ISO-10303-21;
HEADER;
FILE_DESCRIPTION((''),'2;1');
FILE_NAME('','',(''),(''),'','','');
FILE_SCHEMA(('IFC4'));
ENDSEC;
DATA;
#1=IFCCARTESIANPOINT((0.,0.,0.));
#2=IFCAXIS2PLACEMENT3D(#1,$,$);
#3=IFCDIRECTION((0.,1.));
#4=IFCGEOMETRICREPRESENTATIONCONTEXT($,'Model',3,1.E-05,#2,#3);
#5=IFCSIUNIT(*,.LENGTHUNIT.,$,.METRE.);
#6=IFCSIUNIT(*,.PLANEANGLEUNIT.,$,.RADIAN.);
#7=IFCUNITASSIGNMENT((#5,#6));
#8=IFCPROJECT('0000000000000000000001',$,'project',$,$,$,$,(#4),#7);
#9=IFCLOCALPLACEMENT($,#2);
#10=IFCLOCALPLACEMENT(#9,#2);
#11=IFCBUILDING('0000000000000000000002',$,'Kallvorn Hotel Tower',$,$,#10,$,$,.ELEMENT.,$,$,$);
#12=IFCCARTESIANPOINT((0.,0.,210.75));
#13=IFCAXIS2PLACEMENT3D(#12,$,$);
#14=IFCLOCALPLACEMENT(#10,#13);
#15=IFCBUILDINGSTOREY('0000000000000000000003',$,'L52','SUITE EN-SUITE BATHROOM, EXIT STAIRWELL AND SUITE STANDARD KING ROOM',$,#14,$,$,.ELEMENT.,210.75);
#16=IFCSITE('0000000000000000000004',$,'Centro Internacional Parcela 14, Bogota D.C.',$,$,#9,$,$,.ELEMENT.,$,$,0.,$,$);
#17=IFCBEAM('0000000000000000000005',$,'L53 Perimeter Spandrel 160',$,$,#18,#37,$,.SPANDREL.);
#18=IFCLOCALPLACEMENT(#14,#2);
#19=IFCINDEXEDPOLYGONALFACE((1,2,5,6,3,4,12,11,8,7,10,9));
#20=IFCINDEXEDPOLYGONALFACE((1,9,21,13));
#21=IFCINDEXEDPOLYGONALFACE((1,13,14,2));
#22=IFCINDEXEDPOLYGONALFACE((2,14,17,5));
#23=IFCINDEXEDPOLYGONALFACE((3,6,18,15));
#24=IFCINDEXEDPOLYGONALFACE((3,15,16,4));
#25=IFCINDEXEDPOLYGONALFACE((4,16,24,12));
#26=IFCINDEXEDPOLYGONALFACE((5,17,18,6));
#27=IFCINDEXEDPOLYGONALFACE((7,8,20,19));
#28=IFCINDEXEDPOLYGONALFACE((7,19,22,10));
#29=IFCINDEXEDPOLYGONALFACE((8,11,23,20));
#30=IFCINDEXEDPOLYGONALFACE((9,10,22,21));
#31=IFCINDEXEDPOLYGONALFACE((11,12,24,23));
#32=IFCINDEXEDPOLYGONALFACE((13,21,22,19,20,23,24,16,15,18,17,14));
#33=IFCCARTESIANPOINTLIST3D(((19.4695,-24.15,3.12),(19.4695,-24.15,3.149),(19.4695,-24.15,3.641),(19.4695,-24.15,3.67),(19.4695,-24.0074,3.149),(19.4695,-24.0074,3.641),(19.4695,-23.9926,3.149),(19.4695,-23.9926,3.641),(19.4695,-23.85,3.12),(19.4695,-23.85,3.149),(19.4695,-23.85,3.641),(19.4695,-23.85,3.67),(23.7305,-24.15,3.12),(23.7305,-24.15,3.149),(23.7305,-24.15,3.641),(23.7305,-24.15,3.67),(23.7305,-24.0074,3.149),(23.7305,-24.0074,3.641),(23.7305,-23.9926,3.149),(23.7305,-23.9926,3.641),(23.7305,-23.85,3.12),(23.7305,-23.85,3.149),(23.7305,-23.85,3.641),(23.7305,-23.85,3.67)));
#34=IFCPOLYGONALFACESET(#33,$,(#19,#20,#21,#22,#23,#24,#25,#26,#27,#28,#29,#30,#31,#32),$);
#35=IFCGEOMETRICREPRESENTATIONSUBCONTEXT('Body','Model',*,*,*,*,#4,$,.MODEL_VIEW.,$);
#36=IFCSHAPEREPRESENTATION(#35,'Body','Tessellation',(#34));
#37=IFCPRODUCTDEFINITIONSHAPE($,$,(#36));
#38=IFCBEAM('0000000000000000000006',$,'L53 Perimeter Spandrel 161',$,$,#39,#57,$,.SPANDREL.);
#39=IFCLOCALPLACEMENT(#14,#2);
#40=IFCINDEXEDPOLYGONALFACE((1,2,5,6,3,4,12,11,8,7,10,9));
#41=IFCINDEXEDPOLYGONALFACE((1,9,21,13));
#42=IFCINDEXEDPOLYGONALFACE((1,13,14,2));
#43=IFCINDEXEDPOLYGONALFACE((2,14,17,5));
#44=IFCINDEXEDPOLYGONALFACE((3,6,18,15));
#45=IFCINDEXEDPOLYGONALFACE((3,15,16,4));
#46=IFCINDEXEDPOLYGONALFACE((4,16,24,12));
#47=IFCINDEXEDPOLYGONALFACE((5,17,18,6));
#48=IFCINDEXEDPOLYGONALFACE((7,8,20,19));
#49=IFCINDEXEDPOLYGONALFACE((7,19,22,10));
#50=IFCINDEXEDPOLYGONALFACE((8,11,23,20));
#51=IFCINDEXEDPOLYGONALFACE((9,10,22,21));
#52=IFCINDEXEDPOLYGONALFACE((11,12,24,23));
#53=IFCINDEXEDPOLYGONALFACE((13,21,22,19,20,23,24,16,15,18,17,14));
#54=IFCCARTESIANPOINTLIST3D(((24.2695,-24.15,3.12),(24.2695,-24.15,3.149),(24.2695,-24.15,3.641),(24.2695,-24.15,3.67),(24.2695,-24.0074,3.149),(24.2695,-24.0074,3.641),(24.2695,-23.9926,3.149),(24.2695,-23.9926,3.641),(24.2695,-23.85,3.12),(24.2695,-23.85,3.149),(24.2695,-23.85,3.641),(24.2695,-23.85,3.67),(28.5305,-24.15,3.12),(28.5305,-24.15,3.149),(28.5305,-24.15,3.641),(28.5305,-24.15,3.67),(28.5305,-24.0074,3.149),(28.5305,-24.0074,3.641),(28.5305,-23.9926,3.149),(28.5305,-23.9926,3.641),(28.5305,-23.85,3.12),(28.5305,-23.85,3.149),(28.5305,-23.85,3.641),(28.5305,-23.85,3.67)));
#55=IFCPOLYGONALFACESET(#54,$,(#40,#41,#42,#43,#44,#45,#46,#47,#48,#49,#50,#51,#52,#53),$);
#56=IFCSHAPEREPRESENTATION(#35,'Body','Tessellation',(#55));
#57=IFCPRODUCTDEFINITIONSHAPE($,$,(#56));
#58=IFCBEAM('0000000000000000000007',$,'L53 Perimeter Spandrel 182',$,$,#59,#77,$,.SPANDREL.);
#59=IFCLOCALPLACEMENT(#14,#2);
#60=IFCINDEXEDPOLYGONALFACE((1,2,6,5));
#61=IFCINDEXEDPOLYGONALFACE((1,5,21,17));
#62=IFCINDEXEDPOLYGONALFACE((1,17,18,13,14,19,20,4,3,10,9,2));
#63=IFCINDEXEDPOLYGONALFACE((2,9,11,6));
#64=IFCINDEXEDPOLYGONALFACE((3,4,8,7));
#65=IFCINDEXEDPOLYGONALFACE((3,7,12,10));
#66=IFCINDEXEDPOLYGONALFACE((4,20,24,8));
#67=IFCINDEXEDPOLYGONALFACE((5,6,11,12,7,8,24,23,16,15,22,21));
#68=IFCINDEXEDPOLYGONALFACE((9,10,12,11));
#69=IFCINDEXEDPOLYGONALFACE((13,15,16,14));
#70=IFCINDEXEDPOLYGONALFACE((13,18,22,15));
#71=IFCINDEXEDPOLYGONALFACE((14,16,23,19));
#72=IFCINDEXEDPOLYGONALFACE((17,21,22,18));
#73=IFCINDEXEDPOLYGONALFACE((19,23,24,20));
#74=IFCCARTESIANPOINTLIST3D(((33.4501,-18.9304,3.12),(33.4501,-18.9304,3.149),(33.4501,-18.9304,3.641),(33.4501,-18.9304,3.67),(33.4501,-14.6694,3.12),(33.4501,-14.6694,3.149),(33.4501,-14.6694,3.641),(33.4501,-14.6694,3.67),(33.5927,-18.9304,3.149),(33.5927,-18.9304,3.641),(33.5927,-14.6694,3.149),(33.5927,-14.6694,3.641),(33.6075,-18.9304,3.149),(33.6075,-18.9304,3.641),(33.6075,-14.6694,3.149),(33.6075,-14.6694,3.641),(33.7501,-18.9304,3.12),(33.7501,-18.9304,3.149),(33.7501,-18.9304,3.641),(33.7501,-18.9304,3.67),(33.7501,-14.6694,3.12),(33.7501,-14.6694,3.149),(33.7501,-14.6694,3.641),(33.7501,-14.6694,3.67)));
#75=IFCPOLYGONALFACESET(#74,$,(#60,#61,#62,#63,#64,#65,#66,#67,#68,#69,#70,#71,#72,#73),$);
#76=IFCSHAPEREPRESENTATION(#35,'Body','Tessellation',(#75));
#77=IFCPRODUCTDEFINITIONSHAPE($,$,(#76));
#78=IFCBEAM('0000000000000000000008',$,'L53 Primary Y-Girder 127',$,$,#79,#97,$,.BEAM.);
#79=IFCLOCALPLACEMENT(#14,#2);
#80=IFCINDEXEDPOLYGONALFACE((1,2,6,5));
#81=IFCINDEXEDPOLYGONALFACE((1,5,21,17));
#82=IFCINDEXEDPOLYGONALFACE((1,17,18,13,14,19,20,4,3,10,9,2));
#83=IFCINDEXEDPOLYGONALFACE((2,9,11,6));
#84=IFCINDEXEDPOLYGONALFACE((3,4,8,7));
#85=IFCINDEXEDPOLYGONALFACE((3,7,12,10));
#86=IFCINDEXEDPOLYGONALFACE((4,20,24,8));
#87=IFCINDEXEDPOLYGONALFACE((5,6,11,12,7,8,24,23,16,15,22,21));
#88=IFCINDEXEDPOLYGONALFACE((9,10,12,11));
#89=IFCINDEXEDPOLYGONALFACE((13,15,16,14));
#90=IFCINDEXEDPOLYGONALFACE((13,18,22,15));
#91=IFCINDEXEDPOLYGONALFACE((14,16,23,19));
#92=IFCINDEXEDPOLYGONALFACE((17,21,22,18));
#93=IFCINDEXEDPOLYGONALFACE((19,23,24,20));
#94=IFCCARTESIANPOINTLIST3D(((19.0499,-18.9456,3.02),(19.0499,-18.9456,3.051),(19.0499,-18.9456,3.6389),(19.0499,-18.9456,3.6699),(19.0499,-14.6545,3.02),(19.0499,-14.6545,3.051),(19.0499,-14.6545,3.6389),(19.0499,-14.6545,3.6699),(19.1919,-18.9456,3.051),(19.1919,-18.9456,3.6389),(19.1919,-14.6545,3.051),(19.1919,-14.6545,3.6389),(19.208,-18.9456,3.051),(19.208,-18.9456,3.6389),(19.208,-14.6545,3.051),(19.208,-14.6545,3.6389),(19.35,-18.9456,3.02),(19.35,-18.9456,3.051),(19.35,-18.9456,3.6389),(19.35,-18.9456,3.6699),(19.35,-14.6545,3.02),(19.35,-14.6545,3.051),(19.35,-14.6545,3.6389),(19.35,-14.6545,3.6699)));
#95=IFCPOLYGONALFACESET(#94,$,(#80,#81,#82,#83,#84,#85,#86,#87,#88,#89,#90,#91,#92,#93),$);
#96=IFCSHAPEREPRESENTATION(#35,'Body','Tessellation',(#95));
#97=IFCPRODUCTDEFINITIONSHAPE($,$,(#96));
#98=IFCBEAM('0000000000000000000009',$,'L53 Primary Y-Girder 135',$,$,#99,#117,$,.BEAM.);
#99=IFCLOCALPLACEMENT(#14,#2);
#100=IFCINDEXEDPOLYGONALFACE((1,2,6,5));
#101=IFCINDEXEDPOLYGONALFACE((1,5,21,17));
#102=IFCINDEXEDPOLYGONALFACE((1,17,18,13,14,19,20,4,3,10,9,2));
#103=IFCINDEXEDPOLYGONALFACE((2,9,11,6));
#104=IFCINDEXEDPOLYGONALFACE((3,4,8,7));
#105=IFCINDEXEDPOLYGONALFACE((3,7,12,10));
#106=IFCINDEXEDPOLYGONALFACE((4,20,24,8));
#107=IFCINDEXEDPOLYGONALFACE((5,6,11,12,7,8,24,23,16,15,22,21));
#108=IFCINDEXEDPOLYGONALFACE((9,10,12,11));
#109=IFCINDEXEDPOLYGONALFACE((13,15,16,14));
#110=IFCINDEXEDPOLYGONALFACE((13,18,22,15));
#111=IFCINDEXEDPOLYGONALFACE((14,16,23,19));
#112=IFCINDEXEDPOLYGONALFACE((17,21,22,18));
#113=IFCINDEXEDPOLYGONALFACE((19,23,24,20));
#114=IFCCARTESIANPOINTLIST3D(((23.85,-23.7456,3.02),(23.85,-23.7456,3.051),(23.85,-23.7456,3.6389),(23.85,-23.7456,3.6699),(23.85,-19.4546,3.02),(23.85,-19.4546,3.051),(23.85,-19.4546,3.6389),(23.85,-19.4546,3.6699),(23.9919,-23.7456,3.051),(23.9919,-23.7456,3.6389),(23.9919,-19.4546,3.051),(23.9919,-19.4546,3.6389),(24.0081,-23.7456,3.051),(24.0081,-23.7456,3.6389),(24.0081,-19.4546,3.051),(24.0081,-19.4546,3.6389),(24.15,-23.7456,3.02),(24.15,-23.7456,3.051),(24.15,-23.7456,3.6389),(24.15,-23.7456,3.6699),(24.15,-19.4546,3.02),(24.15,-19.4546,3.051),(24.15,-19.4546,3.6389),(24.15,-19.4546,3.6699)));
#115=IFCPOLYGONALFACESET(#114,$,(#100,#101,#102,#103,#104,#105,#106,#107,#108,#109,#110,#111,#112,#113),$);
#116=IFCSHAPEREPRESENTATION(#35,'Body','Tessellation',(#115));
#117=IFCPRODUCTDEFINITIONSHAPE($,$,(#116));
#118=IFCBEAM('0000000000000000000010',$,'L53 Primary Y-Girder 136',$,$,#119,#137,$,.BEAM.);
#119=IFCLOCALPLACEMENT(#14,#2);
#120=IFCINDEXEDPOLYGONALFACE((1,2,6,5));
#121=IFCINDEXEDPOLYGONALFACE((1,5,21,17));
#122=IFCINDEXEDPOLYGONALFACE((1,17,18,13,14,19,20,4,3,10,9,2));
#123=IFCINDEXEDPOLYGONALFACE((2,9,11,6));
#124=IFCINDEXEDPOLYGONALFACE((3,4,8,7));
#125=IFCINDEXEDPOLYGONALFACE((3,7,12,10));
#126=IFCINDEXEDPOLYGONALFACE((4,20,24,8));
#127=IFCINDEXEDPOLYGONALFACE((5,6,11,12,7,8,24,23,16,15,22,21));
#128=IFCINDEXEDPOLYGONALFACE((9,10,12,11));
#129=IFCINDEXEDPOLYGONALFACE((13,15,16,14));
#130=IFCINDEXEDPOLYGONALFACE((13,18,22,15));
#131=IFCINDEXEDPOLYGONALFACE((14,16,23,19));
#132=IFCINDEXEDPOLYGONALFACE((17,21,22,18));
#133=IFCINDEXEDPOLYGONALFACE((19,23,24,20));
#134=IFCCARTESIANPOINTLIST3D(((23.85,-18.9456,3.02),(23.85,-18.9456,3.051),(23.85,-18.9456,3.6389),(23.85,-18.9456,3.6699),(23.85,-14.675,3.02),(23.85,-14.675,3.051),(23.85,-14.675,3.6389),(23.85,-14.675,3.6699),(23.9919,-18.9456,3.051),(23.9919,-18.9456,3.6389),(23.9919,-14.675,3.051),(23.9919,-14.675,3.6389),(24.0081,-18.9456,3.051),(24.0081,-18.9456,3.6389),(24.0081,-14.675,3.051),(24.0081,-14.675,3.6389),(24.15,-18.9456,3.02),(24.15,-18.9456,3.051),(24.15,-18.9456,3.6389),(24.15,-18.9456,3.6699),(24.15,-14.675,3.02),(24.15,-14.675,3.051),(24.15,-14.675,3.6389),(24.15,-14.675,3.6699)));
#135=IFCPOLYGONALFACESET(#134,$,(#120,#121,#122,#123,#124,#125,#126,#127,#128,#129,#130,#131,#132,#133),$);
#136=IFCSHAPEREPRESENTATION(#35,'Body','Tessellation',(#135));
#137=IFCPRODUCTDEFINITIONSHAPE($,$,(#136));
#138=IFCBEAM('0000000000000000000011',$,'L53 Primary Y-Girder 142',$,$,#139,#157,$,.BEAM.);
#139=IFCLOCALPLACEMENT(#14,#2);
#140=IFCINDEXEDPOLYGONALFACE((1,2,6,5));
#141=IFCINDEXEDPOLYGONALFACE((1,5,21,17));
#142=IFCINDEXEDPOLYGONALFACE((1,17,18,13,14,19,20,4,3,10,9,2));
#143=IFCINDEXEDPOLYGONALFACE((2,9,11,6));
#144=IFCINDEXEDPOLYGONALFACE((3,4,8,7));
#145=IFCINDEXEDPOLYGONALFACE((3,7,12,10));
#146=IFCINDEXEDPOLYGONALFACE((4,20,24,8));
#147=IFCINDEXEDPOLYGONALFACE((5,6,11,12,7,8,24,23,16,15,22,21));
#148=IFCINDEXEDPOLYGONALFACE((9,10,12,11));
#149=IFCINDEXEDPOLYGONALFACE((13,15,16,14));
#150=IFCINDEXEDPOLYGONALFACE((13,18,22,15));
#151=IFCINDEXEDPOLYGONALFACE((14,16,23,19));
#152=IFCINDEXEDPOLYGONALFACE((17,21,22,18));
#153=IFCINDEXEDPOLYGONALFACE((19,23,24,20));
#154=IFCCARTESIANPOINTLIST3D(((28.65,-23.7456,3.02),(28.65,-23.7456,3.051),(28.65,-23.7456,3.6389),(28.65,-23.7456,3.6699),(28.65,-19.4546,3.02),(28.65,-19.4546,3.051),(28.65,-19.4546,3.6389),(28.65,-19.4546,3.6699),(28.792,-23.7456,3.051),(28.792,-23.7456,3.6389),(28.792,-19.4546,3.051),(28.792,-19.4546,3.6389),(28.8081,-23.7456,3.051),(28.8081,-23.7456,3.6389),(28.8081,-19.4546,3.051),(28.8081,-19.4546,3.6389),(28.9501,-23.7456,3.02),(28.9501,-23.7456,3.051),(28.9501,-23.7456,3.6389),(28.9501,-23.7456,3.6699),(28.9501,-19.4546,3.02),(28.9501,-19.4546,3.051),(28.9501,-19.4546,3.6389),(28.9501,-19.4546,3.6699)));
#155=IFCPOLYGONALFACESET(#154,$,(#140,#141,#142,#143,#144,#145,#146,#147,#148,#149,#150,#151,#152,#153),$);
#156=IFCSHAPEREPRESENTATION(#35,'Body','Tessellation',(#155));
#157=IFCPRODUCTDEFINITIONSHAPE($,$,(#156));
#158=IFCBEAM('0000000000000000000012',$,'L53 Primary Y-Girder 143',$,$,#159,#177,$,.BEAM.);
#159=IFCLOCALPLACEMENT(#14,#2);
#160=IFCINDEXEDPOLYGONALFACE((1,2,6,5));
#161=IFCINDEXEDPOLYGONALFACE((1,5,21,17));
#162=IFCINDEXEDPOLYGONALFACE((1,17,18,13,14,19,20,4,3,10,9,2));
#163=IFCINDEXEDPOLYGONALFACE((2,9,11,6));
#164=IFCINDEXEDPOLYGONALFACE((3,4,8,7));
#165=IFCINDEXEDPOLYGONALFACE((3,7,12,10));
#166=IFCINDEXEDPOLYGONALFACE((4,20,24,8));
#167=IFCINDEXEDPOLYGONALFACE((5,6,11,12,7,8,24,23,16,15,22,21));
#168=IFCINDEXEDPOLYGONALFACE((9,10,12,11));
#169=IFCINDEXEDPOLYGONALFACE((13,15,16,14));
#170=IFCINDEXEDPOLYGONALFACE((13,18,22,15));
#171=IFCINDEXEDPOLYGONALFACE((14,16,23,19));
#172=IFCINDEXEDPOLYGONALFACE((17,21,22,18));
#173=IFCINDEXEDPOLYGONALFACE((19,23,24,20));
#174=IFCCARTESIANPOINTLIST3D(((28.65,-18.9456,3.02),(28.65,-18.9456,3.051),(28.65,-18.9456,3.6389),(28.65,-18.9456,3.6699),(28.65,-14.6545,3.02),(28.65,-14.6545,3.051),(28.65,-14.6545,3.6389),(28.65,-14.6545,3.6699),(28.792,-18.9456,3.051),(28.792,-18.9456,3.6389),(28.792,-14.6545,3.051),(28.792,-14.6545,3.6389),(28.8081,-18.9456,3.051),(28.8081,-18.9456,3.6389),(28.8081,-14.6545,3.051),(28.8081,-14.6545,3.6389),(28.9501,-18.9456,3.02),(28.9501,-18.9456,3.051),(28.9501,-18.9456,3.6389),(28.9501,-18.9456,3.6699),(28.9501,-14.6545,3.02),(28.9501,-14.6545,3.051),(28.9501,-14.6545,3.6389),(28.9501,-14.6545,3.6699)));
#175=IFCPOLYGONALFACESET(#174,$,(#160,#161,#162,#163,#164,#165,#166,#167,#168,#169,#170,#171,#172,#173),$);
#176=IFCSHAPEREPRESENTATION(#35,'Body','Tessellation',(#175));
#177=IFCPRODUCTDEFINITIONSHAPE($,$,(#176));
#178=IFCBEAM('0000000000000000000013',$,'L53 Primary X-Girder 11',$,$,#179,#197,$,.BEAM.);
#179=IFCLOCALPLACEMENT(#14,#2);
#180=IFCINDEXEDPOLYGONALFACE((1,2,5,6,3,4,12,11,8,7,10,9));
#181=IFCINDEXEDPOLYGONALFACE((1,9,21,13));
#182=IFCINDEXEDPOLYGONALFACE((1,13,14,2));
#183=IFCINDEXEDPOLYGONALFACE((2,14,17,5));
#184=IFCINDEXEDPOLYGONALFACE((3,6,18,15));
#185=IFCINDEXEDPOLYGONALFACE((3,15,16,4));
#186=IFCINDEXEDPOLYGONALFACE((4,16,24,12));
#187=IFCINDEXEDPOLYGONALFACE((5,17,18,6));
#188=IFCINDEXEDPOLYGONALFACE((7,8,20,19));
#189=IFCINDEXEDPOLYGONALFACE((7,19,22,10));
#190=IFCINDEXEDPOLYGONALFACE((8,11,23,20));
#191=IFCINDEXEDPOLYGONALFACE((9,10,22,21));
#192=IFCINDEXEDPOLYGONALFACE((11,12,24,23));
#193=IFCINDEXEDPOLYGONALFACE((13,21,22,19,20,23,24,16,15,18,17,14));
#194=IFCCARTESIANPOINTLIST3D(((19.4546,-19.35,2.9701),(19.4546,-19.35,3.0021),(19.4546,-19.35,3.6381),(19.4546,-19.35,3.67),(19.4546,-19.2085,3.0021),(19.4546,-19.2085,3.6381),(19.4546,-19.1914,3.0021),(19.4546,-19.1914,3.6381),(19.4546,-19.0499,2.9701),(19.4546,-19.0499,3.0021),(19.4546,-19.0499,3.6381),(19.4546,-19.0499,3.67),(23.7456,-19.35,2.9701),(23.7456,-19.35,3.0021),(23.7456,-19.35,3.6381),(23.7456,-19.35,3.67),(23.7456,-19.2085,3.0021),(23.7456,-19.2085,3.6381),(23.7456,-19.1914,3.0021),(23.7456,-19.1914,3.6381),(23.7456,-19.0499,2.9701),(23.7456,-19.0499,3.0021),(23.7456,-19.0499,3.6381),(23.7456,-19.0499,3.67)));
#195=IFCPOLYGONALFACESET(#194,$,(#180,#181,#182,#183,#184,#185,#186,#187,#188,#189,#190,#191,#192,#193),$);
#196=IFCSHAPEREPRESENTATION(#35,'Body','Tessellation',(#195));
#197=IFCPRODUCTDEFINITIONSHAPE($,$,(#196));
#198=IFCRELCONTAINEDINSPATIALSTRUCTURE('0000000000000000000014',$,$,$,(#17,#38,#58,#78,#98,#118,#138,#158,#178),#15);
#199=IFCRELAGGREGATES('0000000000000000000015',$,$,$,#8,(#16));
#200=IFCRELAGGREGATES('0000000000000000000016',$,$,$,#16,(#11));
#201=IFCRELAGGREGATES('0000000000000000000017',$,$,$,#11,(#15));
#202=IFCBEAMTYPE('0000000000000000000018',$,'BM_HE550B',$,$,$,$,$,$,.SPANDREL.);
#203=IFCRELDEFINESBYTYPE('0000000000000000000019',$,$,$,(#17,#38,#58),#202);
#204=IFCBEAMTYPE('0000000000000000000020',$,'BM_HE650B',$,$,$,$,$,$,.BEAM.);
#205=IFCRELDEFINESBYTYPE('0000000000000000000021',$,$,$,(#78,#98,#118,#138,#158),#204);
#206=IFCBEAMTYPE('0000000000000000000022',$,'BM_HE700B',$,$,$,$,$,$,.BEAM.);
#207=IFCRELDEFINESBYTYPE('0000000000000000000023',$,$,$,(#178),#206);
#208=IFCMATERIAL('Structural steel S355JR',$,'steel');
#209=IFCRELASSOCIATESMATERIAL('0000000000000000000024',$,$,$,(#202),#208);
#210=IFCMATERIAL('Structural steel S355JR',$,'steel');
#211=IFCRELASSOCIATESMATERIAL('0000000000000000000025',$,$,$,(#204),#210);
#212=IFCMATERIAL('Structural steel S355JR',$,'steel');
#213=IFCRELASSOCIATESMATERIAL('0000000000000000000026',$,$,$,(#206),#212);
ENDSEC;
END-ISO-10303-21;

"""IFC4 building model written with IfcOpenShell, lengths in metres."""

from ifc_helpers import new_model, si_unit, direction, frame, origin, origin_2d, place, context, subcontext, project, spatial, i_section, extrude, material, material_profile, profile_set, type_object, element, save


model = new_model("IFC4")

# Units and contexts
model_context = context("Model", 3, precision=1e-05, world=origin(), true_north=direction((0.0, 1.0)))
body_context = subcontext(model_context, "Body", "Model", "MODEL_VIEW")
ifc_project = project(units=[si_unit("LENGTHUNIT", "METRE"), si_unit("PLANEANGLEUNIT", "RADIAN")], contexts=[model_context])

# Site, building, storey
site_placement = place(None, origin())
site = spatial("IfcSite", under=ifc_project, at=site_placement, Name="Centro Internacional Parcela 14, Bogota D.C.", CompositionType="ELEMENT", RefElevation=0.0)
building_placement = place(site_placement, origin())
building = spatial("IfcBuilding", under=site, at=building_placement, Name="Kallvorn Hotel Tower", CompositionType="ELEMENT")
storey_placement = place(building_placement, frame((0.0, 0.0, 210.75)))
storey = spatial("IfcBuildingStorey", under=building, at=storey_placement, Name="L52", Description="SUITE EN-SUITE BATHROOM, EXIT STAIRWELL AND SUITE STANDARD KING ROOM", CompositionType="ELEMENT", Elevation=210.75)

# Beams
ifc_material_1 = material(Name="Structural steel S355JR", Category="steel")
ifc_material_profile_1 = material_profile(ifc_material_1, i_section(OverallWidth=0.3, OverallDepth=0.55, WebThickness=0.0149, FlangeThickness=0.0291, at=origin_2d()), Name="HE 550 B")
ifc_profile_set_1 = profile_set([ifc_material_profile_1], Name="Structural steel S355JR")
beam_type_1 = type_object("IfcBeamType", Name="BM_HE550B", PredefinedType="SPANDREL", material=ifc_profile_set_1)
for number, where, z_axis, x_axis, name in (
    (1, (19.4695, -24.0, 3.395), (1.0, 0.0, 0.0), (0.0, 1.0, 0.0), "L53 Perimeter Spandrel 160"),
    (2, (24.2695, -24.0, 3.395), (1.0, 0.0, 0.0), (0.0, 1.0, 0.0), "L53 Perimeter Spandrel 161"),
    (3, (33.6001, -18.9304, 3.395), (0.0, 1.0, 0.0), (-1.0, 0.0, 0.0), "L53 Perimeter Spandrel 182"),
):
    element("IfcBeam", number, at=place(storey_placement, frame(where, z_axis=z_axis, x_axis=x_axis)), inside=storey, type_object=beam_type_1, Name=name, PredefinedType="SPANDREL", context=body_context, shape_type="SweptSolid", body=[
        extrude(i_section(OverallWidth=0.3, OverallDepth=0.55, WebThickness=0.0149, FlangeThickness=0.0291, at=origin_2d()), origin(), (0.0, 0.0, 1.0), 4.261),
    ])
ifc_material_2 = material(Name="Structural steel S355JR", Category="steel")
ifc_material_profile_2 = material_profile(ifc_material_2, i_section(OverallWidth=0.3, OverallDepth=0.6499, WebThickness=0.0161, FlangeThickness=0.031, at=origin_2d()), Name="HE 650 B")
ifc_profile_set_2 = profile_set([ifc_material_profile_2], Name="Structural steel S355JR")
beam_type_2 = type_object("IfcBeamType", Name="BM_HE650B", PredefinedType="BEAM", material=ifc_profile_set_2)
for number, where, z_axis, x_axis, name in (
    (4, (19.2, -18.9456, 3.345), (0.0, 1.0, 0.0), (-1.0, 0.0, 0.0), "L53 Primary Y-Girder 127"),
    (5, (24.0, -23.7456, 3.345), (0.0, 1.0, 0.0), (-1.0, 0.0, 0.0), "L53 Primary Y-Girder 135"),
):
    element("IfcBeam", number, at=place(storey_placement, frame(where, z_axis=z_axis, x_axis=x_axis)), inside=storey, type_object=beam_type_2, Name=name, PredefinedType="BEAM", context=body_context, shape_type="SweptSolid", body=[
        extrude(i_section(OverallWidth=0.3, OverallDepth=0.6499, WebThickness=0.0161, FlangeThickness=0.031, at=origin_2d()), origin(), (0.0, 0.0, 1.0), 4.291),
    ])
beam_1_placement = place(storey_placement, frame((24.0, -18.9456, 3.345), z_axis=(0.0, 1.0, 0.0), x_axis=(-1.0, 0.0, 0.0)))
element("IfcBeam", 6, at=beam_1_placement, inside=storey, type_object=beam_type_2, Name="L53 Primary Y-Girder 136", PredefinedType="BEAM", context=body_context, shape_type="SweptSolid", body=[
    extrude(i_section(OverallWidth=0.3, OverallDepth=0.6499, WebThickness=0.0161, FlangeThickness=0.031, at=origin_2d()), origin(), (0.0, 0.0, 1.0), 4.2705),
])
for number, where, z_axis, x_axis, name in (
    (7, (28.8, -23.7456, 3.345), (0.0, 1.0, 0.0), (-1.0, 0.0, 0.0), "L53 Primary Y-Girder 142"),
    (8, (28.8, -18.9456, 3.345), (0.0, 1.0, 0.0), (-1.0, 0.0, 0.0), "L53 Primary Y-Girder 143"),
):
    element("IfcBeam", number, at=place(storey_placement, frame(where, z_axis=z_axis, x_axis=x_axis)), inside=storey, type_object=beam_type_2, Name=name, PredefinedType="BEAM", context=body_context, shape_type="SweptSolid", body=[
        extrude(i_section(OverallWidth=0.3, OverallDepth=0.6499, WebThickness=0.0161, FlangeThickness=0.031, at=origin_2d()), origin(), (0.0, 0.0, 1.0), 4.291),
    ])
ifc_material_3 = material(Name="Structural steel S355JR", Category="steel")
ifc_material_profile_3 = material_profile(ifc_material_3, i_section(OverallWidth=0.3, OverallDepth=0.7, WebThickness=0.0171, FlangeThickness=0.032, at=origin_2d()), Name="HE 700 B")
ifc_profile_set_3 = profile_set([ifc_material_profile_3], Name="Structural steel S355JR")
beam_type_3 = type_object("IfcBeamType", Name="BM_HE700B", PredefinedType="BEAM", material=ifc_profile_set_3)
for number, where, z_axis, x_axis, name in (
    (9, (19.4546, -19.2, 3.3201), (1.0, 0.0, 0.0), (0.0, 1.0, 0.0), "L53 Primary X-Girder 11"),
):
    element("IfcBeam", number, at=place(storey_placement, frame(where, z_axis=z_axis, x_axis=x_axis)), inside=storey, type_object=beam_type_3, Name=name, PredefinedType="BEAM", context=body_context, shape_type="SweptSolid", body=[
        extrude(i_section(OverallWidth=0.3, OverallDepth=0.7, WebThickness=0.0171, FlangeThickness=0.032, at=origin_2d()), origin(), (0.0, 0.0, 1.0), 4.291),
    ])

save(model, "model.ifc")
